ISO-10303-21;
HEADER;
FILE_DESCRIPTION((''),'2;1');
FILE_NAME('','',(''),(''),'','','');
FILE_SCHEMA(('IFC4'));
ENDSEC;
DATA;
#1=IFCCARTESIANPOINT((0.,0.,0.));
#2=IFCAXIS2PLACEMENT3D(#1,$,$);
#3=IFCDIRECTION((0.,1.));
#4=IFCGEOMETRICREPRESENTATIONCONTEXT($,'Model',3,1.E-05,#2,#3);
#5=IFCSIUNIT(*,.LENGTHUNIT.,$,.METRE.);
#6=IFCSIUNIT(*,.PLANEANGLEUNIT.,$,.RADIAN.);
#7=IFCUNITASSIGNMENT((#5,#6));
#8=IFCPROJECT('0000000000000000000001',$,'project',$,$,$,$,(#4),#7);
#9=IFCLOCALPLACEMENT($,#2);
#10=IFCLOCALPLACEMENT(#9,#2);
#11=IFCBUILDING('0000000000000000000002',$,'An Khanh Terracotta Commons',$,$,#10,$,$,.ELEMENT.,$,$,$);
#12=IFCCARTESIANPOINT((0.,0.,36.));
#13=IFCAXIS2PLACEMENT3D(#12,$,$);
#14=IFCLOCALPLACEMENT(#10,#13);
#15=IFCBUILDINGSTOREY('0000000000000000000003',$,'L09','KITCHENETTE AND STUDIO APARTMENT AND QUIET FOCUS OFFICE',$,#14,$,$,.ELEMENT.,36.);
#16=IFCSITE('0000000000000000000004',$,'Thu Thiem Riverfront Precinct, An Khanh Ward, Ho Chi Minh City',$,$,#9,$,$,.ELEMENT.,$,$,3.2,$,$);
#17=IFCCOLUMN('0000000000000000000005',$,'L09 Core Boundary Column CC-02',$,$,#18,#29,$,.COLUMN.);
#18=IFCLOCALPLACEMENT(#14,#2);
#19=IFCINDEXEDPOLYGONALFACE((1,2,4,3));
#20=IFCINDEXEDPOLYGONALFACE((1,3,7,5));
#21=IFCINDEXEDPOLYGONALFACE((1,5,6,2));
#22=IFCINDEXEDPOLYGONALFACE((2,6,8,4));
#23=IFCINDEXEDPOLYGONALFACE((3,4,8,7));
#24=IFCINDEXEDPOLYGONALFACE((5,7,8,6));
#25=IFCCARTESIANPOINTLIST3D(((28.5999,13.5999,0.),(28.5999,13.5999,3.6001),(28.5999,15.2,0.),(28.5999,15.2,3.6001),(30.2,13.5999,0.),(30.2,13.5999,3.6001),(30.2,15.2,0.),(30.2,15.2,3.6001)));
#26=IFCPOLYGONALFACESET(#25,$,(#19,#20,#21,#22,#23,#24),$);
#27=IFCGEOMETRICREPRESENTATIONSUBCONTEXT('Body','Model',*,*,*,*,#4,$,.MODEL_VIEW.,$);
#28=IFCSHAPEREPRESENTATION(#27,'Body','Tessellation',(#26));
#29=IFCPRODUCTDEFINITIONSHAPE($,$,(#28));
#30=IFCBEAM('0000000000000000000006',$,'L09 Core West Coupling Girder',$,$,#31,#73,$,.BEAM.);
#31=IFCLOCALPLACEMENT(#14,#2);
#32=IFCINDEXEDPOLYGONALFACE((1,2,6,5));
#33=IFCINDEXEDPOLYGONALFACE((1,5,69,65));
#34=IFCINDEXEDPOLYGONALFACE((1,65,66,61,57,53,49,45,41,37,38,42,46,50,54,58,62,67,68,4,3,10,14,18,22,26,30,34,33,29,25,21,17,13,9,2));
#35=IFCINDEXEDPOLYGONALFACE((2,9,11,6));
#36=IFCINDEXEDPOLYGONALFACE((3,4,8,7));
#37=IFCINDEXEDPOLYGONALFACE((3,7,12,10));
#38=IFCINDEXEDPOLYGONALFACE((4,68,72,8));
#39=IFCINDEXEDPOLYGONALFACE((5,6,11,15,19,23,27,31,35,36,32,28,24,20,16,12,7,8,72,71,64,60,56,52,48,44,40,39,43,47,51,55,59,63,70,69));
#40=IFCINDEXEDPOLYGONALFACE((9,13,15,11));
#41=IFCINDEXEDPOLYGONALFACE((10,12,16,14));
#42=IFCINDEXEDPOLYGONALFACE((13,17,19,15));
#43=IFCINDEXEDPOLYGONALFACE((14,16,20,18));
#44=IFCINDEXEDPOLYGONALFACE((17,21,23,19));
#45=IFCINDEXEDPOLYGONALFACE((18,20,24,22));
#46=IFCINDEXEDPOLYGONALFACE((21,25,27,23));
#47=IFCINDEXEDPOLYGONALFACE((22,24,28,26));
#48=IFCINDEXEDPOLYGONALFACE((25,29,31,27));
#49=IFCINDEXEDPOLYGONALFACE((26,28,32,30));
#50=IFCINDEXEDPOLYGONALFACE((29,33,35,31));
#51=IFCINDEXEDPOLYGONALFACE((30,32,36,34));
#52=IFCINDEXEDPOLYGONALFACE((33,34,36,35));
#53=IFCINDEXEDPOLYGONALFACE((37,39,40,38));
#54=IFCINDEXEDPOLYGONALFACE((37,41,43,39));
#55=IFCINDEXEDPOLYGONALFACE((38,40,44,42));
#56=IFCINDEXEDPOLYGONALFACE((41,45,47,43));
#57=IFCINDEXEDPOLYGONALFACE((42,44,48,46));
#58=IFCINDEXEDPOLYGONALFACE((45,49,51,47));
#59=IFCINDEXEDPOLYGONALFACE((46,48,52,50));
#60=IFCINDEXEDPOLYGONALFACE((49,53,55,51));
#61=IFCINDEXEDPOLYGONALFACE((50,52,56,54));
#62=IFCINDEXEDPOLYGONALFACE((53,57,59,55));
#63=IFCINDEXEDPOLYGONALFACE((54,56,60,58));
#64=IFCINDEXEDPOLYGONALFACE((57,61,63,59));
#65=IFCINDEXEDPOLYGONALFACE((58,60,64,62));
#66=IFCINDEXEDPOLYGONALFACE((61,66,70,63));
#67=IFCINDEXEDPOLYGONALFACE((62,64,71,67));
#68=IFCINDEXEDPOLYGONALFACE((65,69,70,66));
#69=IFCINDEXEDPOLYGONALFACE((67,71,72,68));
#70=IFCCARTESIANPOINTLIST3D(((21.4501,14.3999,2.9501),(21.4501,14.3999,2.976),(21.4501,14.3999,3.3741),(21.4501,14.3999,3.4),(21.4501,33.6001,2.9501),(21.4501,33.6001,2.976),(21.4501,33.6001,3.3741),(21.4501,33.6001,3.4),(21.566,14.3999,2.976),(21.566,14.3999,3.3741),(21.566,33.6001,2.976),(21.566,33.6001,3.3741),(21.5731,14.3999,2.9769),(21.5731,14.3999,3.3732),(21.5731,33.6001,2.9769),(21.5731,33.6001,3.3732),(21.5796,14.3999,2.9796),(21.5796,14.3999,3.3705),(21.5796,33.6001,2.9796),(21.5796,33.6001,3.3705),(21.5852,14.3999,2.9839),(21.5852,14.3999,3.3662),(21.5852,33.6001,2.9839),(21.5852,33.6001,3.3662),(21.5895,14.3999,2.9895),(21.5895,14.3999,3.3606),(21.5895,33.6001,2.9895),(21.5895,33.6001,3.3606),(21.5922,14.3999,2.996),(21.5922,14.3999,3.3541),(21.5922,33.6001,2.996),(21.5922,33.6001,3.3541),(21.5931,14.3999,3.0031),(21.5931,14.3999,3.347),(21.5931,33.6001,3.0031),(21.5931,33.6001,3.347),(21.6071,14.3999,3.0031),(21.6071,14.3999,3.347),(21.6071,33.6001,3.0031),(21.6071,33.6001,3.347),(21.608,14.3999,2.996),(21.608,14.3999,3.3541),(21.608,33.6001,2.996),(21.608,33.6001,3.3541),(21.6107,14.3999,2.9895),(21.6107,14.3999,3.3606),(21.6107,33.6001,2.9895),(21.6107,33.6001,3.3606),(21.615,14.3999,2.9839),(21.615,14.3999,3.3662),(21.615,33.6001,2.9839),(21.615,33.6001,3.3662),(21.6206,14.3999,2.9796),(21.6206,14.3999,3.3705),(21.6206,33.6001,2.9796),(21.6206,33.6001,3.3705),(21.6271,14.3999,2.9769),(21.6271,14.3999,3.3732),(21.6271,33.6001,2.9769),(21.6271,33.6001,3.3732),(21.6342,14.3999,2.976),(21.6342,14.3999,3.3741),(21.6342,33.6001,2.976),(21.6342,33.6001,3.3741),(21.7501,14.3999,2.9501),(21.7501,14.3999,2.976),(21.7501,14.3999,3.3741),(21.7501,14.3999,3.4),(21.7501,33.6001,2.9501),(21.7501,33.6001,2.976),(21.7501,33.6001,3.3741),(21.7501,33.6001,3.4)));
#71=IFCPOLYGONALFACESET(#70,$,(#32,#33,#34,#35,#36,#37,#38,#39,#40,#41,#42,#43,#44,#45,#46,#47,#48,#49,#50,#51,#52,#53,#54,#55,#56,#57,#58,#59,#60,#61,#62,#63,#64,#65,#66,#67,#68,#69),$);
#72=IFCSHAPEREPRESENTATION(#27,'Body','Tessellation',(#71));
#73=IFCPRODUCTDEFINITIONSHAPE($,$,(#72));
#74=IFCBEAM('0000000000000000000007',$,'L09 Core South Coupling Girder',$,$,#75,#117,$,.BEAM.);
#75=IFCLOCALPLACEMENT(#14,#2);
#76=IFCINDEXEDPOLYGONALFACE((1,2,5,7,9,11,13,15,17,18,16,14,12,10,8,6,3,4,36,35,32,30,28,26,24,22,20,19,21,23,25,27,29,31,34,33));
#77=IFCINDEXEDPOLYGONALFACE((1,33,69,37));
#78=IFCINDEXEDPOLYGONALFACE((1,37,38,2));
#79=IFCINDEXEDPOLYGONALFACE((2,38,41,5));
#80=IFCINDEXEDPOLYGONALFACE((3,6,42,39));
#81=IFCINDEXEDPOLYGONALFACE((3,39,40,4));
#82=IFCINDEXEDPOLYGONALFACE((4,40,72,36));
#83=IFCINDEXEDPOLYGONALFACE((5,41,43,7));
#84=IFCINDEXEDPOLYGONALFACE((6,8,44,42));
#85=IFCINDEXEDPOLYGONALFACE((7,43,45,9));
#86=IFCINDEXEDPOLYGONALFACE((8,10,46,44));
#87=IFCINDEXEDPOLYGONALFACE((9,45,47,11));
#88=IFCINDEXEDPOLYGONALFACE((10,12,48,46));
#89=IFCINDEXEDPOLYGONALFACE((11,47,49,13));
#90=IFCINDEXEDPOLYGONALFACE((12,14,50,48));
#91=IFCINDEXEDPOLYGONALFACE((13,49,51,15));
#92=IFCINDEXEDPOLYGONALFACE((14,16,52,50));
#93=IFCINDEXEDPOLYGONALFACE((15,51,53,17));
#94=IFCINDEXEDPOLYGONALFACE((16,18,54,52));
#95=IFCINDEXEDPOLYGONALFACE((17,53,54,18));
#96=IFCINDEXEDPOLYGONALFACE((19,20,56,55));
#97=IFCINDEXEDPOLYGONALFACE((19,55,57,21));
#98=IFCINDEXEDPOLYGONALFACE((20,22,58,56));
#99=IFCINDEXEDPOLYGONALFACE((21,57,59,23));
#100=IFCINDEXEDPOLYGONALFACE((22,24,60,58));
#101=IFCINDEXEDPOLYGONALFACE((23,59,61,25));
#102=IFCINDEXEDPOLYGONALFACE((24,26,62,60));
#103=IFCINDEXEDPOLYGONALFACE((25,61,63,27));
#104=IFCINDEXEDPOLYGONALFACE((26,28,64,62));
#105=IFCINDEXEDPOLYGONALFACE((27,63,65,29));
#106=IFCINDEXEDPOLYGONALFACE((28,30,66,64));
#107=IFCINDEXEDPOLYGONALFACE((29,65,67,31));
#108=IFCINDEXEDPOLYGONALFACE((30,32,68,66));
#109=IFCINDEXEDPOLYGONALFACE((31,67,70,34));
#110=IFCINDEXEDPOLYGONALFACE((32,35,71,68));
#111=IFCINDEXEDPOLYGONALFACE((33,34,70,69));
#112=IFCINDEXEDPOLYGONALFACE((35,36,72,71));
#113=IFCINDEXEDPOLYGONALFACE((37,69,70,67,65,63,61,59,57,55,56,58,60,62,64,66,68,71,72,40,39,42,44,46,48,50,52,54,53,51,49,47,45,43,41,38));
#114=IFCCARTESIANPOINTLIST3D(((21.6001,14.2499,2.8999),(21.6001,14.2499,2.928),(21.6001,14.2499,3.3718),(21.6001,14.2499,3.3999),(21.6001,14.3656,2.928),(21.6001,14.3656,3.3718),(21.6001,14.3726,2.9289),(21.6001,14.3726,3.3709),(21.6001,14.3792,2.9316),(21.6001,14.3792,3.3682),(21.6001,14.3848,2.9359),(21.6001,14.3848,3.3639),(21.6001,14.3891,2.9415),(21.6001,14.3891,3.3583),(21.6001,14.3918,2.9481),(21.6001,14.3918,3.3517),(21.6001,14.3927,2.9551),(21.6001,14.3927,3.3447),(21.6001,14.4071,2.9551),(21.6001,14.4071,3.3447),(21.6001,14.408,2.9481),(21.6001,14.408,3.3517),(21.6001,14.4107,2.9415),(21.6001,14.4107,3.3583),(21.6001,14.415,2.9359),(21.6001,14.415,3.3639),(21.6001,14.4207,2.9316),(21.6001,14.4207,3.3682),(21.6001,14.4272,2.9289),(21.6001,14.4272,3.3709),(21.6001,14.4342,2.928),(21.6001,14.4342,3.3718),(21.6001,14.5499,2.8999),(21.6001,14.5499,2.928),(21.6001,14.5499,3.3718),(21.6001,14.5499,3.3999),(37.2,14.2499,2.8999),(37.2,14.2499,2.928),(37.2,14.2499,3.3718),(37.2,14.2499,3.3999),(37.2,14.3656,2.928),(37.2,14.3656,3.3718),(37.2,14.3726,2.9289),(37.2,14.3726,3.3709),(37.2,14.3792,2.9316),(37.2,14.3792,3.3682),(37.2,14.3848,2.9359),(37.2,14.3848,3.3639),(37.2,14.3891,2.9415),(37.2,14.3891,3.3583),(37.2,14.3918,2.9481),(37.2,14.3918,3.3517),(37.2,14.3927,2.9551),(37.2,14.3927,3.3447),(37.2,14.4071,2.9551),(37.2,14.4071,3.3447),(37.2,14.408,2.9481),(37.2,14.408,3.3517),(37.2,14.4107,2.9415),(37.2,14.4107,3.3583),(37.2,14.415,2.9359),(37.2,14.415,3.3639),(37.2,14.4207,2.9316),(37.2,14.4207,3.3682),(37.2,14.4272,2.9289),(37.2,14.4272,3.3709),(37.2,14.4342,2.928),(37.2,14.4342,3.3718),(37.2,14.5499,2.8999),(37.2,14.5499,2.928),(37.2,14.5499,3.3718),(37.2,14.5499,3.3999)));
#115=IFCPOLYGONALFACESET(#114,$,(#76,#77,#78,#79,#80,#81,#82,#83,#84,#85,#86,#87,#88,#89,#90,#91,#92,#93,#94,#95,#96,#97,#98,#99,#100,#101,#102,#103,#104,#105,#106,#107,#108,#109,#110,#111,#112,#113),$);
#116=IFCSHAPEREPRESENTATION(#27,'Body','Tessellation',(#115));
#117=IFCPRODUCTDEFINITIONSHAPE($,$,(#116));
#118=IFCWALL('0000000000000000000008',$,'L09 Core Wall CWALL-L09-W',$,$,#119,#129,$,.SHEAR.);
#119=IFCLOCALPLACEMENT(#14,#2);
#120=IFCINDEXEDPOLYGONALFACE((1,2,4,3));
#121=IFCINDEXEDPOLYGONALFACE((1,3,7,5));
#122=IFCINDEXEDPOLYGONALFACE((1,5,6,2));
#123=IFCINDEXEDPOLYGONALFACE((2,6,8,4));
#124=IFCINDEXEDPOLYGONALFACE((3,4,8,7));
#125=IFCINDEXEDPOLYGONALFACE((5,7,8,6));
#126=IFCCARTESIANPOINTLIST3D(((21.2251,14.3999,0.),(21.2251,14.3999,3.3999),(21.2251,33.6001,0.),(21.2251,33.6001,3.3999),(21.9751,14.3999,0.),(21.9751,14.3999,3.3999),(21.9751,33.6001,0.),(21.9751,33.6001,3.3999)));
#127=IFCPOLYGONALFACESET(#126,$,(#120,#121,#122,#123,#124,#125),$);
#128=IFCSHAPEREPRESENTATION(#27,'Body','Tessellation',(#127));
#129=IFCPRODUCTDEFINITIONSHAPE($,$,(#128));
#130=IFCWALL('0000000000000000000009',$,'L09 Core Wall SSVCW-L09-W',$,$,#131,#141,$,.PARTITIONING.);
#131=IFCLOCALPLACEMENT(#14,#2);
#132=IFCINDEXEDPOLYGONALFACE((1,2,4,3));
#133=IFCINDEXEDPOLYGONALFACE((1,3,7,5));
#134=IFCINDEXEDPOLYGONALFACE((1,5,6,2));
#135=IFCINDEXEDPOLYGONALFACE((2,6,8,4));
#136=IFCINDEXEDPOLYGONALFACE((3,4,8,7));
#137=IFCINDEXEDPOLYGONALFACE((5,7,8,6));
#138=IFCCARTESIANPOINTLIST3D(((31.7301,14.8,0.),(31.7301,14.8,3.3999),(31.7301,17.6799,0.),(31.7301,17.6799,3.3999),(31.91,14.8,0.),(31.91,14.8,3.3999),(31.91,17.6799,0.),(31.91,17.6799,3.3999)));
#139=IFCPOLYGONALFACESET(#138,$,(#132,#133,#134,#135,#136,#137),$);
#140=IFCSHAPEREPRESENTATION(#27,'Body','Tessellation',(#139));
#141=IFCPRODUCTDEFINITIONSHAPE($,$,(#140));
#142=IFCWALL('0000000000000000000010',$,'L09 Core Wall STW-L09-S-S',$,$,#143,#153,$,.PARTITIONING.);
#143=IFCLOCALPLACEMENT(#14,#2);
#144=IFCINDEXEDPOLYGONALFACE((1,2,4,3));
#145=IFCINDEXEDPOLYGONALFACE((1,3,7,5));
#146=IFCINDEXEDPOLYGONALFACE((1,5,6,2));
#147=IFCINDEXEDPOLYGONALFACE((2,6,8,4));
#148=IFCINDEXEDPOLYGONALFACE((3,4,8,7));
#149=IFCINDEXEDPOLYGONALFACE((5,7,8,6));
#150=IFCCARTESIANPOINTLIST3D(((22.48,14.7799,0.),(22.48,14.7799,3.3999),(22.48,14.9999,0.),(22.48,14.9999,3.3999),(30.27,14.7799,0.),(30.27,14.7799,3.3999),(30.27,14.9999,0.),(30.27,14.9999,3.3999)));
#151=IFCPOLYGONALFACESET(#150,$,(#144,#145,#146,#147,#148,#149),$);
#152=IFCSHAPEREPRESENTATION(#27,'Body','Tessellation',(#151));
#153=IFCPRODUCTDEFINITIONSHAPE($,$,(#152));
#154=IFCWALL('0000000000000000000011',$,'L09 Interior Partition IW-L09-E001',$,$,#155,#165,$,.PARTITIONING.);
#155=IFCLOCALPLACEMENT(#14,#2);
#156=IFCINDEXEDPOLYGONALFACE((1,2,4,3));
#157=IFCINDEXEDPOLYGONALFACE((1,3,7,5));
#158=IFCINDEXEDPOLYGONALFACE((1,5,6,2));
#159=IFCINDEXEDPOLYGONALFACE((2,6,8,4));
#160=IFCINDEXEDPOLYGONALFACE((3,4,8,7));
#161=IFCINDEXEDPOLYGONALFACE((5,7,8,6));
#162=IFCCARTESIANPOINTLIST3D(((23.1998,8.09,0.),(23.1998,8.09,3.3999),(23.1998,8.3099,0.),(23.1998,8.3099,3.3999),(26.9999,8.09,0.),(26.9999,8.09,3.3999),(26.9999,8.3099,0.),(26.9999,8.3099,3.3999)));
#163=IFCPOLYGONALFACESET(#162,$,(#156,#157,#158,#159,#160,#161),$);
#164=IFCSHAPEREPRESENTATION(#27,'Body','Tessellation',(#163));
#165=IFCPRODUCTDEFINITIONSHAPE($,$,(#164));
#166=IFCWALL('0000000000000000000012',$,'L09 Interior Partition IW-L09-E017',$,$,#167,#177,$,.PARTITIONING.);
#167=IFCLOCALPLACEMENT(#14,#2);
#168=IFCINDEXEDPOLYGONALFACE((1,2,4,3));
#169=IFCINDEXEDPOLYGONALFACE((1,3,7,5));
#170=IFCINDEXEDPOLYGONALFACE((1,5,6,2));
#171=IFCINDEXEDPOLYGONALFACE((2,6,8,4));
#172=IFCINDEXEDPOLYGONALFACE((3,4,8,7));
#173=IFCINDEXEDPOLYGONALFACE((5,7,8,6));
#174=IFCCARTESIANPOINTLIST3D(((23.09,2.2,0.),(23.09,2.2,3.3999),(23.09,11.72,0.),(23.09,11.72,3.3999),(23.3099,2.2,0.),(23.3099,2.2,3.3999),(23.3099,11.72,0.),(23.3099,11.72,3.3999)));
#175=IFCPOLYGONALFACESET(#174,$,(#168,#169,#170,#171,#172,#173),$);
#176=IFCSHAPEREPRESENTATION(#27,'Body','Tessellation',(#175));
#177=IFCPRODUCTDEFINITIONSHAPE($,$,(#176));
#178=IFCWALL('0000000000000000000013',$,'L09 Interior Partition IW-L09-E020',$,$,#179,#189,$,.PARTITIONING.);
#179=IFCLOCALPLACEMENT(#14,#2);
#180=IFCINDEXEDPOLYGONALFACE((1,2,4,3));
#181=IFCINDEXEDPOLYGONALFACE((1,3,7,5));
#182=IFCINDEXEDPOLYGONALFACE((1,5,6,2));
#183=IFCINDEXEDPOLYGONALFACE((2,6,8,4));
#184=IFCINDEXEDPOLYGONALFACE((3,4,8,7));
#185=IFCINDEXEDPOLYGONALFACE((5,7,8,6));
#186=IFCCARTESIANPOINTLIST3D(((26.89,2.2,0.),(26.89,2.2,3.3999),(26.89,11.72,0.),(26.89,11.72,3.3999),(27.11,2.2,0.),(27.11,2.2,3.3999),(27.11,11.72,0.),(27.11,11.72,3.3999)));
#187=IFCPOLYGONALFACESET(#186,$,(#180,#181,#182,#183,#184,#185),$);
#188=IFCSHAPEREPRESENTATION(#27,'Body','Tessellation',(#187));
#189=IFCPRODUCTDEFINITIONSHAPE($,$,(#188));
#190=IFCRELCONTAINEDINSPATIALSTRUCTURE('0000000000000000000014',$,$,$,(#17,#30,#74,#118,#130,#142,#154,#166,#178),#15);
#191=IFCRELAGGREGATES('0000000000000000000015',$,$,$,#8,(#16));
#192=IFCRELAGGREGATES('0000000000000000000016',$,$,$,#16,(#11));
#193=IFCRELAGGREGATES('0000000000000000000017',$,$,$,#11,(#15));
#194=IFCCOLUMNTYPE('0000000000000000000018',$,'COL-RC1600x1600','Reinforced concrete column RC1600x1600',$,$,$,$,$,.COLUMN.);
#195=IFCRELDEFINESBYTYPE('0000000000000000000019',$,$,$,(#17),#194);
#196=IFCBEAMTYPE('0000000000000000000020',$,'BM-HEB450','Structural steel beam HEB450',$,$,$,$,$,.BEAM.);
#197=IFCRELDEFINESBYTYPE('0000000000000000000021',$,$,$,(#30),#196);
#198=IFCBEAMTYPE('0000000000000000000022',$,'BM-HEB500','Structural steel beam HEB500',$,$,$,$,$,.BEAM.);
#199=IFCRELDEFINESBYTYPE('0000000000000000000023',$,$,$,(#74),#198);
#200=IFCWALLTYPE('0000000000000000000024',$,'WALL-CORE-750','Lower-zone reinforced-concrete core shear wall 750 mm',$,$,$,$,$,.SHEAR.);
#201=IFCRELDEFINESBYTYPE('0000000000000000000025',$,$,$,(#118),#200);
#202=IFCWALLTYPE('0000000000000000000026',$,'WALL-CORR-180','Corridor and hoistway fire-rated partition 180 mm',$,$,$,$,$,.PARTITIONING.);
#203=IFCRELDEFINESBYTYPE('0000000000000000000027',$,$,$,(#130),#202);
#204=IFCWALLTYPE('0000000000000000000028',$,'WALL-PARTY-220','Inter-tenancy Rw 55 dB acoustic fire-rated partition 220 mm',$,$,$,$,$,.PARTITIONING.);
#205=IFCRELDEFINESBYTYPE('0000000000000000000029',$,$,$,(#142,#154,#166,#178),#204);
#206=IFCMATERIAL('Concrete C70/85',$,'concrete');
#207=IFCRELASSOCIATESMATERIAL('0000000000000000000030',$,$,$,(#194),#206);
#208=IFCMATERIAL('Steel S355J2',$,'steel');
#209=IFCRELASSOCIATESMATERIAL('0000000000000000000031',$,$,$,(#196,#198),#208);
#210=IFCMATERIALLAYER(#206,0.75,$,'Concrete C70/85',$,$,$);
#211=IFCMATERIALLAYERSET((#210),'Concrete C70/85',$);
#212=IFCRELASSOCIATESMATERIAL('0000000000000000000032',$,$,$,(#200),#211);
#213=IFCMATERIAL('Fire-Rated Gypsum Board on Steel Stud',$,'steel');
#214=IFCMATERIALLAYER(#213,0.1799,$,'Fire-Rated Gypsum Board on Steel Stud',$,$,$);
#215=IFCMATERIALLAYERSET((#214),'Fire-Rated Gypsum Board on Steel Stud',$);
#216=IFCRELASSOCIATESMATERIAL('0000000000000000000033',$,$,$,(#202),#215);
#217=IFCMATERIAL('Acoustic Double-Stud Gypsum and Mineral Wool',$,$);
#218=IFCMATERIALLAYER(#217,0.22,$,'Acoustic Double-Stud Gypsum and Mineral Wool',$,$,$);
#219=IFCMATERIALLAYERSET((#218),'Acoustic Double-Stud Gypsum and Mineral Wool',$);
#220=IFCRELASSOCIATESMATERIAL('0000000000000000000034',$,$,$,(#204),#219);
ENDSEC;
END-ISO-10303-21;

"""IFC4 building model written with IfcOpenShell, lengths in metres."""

from ifc_helpers import new_model, si_unit, direction, frame, frame_2d, origin, origin_2d, place, context, subcontext, project, spatial, rectangle, i_section, extrude, material, layer, layer_set, material_profile, profile_set, type_object, element, save


model = new_model("IFC4")

# Units and contexts
model_context = context("Model", 3, precision=1e-05, world=origin(), true_north=direction((0.0, 1.0)))
body_context = subcontext(model_context, "Body", "Model", "MODEL_VIEW")
ifc_project = project(units=[si_unit("LENGTHUNIT", "METRE"), si_unit("PLANEANGLEUNIT", "RADIAN")], contexts=[model_context])

# Site, building, storey
site_placement = place(None, origin())
site = spatial("IfcSite", under=ifc_project, at=site_placement, Name="Thu Thiem Riverfront Precinct, An Khanh Ward, Ho Chi Minh City", CompositionType="ELEMENT", RefElevation=3.2)
building_placement = place(site_placement, origin())
building = spatial("IfcBuilding", under=site, at=building_placement, Name="An Khanh Terracotta Commons", CompositionType="ELEMENT")
storey_placement = place(building_placement, frame((0.0, 0.0, 36.0)))
storey = spatial("IfcBuildingStorey", under=building, at=storey_placement, Name="L09", Description="KITCHENETTE AND STUDIO APARTMENT AND QUIET FOCUS OFFICE", CompositionType="ELEMENT", Elevation=36.0)

# Column
ifc_material_1 = material(Name="Concrete C70/85", Category="concrete")
ifc_material_profile_1 = material_profile(ifc_material_1, rectangle(XDim=1.6001, YDim=1.6001, at=origin_2d()), Name="RC1600x1600")
ifc_profile_set_1 = profile_set([ifc_material_profile_1], Name="Concrete C70/85")
column_type = type_object("IfcColumnType", Name="COL-RC1600x1600", Description="Reinforced concrete column RC1600x1600", PredefinedType="COLUMN", material=ifc_profile_set_1)
column_placement = place(storey_placement, frame((29.3999, 14.3999, 0.0), z_axis=(0.0, 0.0, 1.0), x_axis=(1.0, 0.0, 0.0)))
element("IfcColumn", 1, at=column_placement, inside=storey, type_object=column_type, Name="L09 Core Boundary Column CC-02", PredefinedType="COLUMN", context=body_context, shape_type="SweptSolid", body=[
    extrude(rectangle(XDim=1.6001, YDim=1.6001, at=origin_2d()), origin(), (0.0, 0.0, 1.0), 3.6001),
])

# Beams
ifc_material_2 = material(Name="Steel S355J2", Category="steel")
ifc_material_profile_2 = material_profile(ifc_material_2, i_section(OverallWidth=0.3, OverallDepth=0.45, WebThickness=0.0139, FlangeThickness=0.0259, FilletRadius=0.0271, at=origin_2d()), Name="HEB450")
ifc_profile_set_2 = profile_set([ifc_material_profile_2], Name="Steel S355J2")
beam_type_1 = type_object("IfcBeamType", Name="BM-HEB450", Description="Structural steel beam HEB450", PredefinedType="BEAM", material=ifc_profile_set_2)
beam_1_placement = place(storey_placement, frame((21.6001, 14.3999, 3.175), z_axis=(0.0, 1.0, 0.0), x_axis=(-1.0, 0.0, 0.0)))
element("IfcBeam", 2, at=beam_1_placement, inside=storey, type_object=beam_type_1, Name="L09 Core West Coupling Girder", PredefinedType="BEAM", context=body_context, shape_type="SweptSolid", body=[
    extrude(i_section(OverallWidth=0.3, OverallDepth=0.45, WebThickness=0.0139, FlangeThickness=0.0259, FilletRadius=0.0271, at=origin_2d()), origin(), (0.0, 0.0, 1.0), 19.2002),
])
ifc_material_profile_3 = material_profile(ifc_material_2, i_section(OverallWidth=0.3, OverallDepth=0.5, WebThickness=0.0144, FlangeThickness=0.0281, FilletRadius=0.0271, at=origin_2d()), Name="HEB500")
ifc_profile_set_3 = profile_set([ifc_material_profile_3], Name="Steel S355J2")
beam_type_2 = type_object("IfcBeamType", Name="BM-HEB500", Description="Structural steel beam HEB500", PredefinedType="BEAM", material=ifc_profile_set_3)
beam_2_placement = place(storey_placement, frame((21.6001, 14.3999, 3.1499), z_axis=(1.0, 0.0, 0.0), x_axis=(0.0, 1.0, 0.0)))
element("IfcBeam", 3, at=beam_2_placement, inside=storey, type_object=beam_type_2, Name="L09 Core South Coupling Girder", PredefinedType="BEAM", context=body_context, shape_type="SweptSolid", body=[
    extrude(i_section(OverallWidth=0.3, OverallDepth=0.5, WebThickness=0.0144, FlangeThickness=0.0281, FilletRadius=0.0271, at=origin_2d()), origin(), (0.0, 0.0, 1.0), 15.5999),
])

# Walls
ifc_layer_1 = layer(ifc_material_1, 0.75, Name="Concrete C70/85")
ifc_layer_set_1 = layer_set([ifc_layer_1], Name="Concrete C70/85")
wall_type_1 = type_object("IfcWallType", Name="WALL-CORE-750", Description="Lower-zone reinforced-concrete core shear wall 750 mm", PredefinedType="SHEAR", material=ifc_layer_set_1)
wall_1_placement = place(storey_placement, frame((21.6001, 14.3999, 0.0), z_axis=(0.0, 0.0, 1.0), x_axis=(0.0, 1.0, 0.0)))
element("IfcWall", 4, at=wall_1_placement, inside=storey, type_object=wall_type_1, Name="L09 Core Wall CWALL-L09-W", PredefinedType="SHEAR", context=body_context, shape_type="SweptSolid", body=[
    extrude(rectangle(XDim=19.2002, YDim=0.75, at=frame_2d((9.6001, 0.0))), origin(), (0.0, 0.0, 1.0), 3.3999),
])
ifc_material_3 = material(Name="Fire-Rated Gypsum Board on Steel Stud", Category="steel")
ifc_layer_2 = layer(ifc_material_3, 0.1799, Name="Fire-Rated Gypsum Board on Steel Stud")
ifc_layer_set_2 = layer_set([ifc_layer_2], Name="Fire-Rated Gypsum Board on Steel Stud")
wall_type_2 = type_object("IfcWallType", Name="WALL-CORR-180", Description="Corridor and hoistway fire-rated partition 180 mm", PredefinedType="PARTITIONING", material=ifc_layer_set_2)
wall_2_placement = place(storey_placement, frame((31.8201, 14.8, 0.0), z_axis=(0.0, 0.0, 1.0), x_axis=(0.0, 1.0, 0.0)))
element("IfcWall", 5, at=wall_2_placement, inside=storey, type_object=wall_type_2, Name="L09 Core Wall SSVCW-L09-W", PredefinedType="PARTITIONING", context=body_context, shape_type="SweptSolid", body=[
    extrude(rectangle(XDim=2.8799, YDim=0.1799, at=frame_2d((1.4399, 0.0))), origin(), (0.0, 0.0, 1.0), 3.3999),
])
ifc_material_4 = material(Name="Acoustic Double-Stud Gypsum and Mineral Wool")
ifc_layer_3 = layer(ifc_material_4, 0.22, Name="Acoustic Double-Stud Gypsum and Mineral Wool")
ifc_layer_set_3 = layer_set([ifc_layer_3], Name="Acoustic Double-Stud Gypsum and Mineral Wool")
wall_type_3 = type_object("IfcWallType", Name="WALL-PARTY-220", Description="Inter-tenancy Rw 55 dB acoustic fire-rated partition 220 mm", PredefinedType="PARTITIONING", material=ifc_layer_set_3)
wall_3_placement = place(storey_placement, frame((22.48, 14.8899, 0.0), z_axis=(0.0, 0.0, 1.0), x_axis=(1.0, 0.0, 0.0)))
element("IfcWall", 6, at=wall_3_placement, inside=storey, type_object=wall_type_3, Name="L09 Core Wall STW-L09-S-S", PredefinedType="PARTITIONING", context=body_context, shape_type="SweptSolid", body=[
    extrude(rectangle(XDim=7.79, YDim=0.22, at=frame_2d((3.895, 0.0))), origin(), (0.0, 0.0, 1.0), 3.3999),
])
wall_4_placement = place(storey_placement, frame((23.2, 8.2, 0.0), z_axis=(0.0, 0.0, 1.0), x_axis=(1.0, 0.0, 0.0)))
element("IfcWall", 7, at=wall_4_placement, inside=storey, type_object=wall_type_3, Name="L09 Interior Partition IW-L09-E001", PredefinedType="PARTITIONING", context=body_context, shape_type="SweptSolid", body=[
    extrude(rectangle(XDim=3.8, YDim=0.22, at=frame_2d((1.8999, 0.0))), origin(), (0.0, 0.0, 1.0), 3.3999),
])
for number, where, z_axis, x_axis, name in (
    (8, (23.2, 2.2, 0.0), (0.0, 0.0, 1.0), (0.0, 1.0, 0.0), "L09 Interior Partition IW-L09-E017"),
    (9, (27.0, 2.2, 0.0), (0.0, 0.0, 1.0), (0.0, 1.0, 0.0), "L09 Interior Partition IW-L09-E020"),
):
    element("IfcWall", number, at=place(storey_placement, frame(where, z_axis=z_axis, x_axis=x_axis)), inside=storey, type_object=wall_type_3, Name=name, PredefinedType="PARTITIONING", context=body_context, shape_type="SweptSolid", body=[
        extrude(rectangle(XDim=9.52, YDim=0.22, at=frame_2d((4.76, 0.0))), origin(), (0.0, 0.0, 1.0), 3.3999),
    ])

save(model, "model.ifc")
